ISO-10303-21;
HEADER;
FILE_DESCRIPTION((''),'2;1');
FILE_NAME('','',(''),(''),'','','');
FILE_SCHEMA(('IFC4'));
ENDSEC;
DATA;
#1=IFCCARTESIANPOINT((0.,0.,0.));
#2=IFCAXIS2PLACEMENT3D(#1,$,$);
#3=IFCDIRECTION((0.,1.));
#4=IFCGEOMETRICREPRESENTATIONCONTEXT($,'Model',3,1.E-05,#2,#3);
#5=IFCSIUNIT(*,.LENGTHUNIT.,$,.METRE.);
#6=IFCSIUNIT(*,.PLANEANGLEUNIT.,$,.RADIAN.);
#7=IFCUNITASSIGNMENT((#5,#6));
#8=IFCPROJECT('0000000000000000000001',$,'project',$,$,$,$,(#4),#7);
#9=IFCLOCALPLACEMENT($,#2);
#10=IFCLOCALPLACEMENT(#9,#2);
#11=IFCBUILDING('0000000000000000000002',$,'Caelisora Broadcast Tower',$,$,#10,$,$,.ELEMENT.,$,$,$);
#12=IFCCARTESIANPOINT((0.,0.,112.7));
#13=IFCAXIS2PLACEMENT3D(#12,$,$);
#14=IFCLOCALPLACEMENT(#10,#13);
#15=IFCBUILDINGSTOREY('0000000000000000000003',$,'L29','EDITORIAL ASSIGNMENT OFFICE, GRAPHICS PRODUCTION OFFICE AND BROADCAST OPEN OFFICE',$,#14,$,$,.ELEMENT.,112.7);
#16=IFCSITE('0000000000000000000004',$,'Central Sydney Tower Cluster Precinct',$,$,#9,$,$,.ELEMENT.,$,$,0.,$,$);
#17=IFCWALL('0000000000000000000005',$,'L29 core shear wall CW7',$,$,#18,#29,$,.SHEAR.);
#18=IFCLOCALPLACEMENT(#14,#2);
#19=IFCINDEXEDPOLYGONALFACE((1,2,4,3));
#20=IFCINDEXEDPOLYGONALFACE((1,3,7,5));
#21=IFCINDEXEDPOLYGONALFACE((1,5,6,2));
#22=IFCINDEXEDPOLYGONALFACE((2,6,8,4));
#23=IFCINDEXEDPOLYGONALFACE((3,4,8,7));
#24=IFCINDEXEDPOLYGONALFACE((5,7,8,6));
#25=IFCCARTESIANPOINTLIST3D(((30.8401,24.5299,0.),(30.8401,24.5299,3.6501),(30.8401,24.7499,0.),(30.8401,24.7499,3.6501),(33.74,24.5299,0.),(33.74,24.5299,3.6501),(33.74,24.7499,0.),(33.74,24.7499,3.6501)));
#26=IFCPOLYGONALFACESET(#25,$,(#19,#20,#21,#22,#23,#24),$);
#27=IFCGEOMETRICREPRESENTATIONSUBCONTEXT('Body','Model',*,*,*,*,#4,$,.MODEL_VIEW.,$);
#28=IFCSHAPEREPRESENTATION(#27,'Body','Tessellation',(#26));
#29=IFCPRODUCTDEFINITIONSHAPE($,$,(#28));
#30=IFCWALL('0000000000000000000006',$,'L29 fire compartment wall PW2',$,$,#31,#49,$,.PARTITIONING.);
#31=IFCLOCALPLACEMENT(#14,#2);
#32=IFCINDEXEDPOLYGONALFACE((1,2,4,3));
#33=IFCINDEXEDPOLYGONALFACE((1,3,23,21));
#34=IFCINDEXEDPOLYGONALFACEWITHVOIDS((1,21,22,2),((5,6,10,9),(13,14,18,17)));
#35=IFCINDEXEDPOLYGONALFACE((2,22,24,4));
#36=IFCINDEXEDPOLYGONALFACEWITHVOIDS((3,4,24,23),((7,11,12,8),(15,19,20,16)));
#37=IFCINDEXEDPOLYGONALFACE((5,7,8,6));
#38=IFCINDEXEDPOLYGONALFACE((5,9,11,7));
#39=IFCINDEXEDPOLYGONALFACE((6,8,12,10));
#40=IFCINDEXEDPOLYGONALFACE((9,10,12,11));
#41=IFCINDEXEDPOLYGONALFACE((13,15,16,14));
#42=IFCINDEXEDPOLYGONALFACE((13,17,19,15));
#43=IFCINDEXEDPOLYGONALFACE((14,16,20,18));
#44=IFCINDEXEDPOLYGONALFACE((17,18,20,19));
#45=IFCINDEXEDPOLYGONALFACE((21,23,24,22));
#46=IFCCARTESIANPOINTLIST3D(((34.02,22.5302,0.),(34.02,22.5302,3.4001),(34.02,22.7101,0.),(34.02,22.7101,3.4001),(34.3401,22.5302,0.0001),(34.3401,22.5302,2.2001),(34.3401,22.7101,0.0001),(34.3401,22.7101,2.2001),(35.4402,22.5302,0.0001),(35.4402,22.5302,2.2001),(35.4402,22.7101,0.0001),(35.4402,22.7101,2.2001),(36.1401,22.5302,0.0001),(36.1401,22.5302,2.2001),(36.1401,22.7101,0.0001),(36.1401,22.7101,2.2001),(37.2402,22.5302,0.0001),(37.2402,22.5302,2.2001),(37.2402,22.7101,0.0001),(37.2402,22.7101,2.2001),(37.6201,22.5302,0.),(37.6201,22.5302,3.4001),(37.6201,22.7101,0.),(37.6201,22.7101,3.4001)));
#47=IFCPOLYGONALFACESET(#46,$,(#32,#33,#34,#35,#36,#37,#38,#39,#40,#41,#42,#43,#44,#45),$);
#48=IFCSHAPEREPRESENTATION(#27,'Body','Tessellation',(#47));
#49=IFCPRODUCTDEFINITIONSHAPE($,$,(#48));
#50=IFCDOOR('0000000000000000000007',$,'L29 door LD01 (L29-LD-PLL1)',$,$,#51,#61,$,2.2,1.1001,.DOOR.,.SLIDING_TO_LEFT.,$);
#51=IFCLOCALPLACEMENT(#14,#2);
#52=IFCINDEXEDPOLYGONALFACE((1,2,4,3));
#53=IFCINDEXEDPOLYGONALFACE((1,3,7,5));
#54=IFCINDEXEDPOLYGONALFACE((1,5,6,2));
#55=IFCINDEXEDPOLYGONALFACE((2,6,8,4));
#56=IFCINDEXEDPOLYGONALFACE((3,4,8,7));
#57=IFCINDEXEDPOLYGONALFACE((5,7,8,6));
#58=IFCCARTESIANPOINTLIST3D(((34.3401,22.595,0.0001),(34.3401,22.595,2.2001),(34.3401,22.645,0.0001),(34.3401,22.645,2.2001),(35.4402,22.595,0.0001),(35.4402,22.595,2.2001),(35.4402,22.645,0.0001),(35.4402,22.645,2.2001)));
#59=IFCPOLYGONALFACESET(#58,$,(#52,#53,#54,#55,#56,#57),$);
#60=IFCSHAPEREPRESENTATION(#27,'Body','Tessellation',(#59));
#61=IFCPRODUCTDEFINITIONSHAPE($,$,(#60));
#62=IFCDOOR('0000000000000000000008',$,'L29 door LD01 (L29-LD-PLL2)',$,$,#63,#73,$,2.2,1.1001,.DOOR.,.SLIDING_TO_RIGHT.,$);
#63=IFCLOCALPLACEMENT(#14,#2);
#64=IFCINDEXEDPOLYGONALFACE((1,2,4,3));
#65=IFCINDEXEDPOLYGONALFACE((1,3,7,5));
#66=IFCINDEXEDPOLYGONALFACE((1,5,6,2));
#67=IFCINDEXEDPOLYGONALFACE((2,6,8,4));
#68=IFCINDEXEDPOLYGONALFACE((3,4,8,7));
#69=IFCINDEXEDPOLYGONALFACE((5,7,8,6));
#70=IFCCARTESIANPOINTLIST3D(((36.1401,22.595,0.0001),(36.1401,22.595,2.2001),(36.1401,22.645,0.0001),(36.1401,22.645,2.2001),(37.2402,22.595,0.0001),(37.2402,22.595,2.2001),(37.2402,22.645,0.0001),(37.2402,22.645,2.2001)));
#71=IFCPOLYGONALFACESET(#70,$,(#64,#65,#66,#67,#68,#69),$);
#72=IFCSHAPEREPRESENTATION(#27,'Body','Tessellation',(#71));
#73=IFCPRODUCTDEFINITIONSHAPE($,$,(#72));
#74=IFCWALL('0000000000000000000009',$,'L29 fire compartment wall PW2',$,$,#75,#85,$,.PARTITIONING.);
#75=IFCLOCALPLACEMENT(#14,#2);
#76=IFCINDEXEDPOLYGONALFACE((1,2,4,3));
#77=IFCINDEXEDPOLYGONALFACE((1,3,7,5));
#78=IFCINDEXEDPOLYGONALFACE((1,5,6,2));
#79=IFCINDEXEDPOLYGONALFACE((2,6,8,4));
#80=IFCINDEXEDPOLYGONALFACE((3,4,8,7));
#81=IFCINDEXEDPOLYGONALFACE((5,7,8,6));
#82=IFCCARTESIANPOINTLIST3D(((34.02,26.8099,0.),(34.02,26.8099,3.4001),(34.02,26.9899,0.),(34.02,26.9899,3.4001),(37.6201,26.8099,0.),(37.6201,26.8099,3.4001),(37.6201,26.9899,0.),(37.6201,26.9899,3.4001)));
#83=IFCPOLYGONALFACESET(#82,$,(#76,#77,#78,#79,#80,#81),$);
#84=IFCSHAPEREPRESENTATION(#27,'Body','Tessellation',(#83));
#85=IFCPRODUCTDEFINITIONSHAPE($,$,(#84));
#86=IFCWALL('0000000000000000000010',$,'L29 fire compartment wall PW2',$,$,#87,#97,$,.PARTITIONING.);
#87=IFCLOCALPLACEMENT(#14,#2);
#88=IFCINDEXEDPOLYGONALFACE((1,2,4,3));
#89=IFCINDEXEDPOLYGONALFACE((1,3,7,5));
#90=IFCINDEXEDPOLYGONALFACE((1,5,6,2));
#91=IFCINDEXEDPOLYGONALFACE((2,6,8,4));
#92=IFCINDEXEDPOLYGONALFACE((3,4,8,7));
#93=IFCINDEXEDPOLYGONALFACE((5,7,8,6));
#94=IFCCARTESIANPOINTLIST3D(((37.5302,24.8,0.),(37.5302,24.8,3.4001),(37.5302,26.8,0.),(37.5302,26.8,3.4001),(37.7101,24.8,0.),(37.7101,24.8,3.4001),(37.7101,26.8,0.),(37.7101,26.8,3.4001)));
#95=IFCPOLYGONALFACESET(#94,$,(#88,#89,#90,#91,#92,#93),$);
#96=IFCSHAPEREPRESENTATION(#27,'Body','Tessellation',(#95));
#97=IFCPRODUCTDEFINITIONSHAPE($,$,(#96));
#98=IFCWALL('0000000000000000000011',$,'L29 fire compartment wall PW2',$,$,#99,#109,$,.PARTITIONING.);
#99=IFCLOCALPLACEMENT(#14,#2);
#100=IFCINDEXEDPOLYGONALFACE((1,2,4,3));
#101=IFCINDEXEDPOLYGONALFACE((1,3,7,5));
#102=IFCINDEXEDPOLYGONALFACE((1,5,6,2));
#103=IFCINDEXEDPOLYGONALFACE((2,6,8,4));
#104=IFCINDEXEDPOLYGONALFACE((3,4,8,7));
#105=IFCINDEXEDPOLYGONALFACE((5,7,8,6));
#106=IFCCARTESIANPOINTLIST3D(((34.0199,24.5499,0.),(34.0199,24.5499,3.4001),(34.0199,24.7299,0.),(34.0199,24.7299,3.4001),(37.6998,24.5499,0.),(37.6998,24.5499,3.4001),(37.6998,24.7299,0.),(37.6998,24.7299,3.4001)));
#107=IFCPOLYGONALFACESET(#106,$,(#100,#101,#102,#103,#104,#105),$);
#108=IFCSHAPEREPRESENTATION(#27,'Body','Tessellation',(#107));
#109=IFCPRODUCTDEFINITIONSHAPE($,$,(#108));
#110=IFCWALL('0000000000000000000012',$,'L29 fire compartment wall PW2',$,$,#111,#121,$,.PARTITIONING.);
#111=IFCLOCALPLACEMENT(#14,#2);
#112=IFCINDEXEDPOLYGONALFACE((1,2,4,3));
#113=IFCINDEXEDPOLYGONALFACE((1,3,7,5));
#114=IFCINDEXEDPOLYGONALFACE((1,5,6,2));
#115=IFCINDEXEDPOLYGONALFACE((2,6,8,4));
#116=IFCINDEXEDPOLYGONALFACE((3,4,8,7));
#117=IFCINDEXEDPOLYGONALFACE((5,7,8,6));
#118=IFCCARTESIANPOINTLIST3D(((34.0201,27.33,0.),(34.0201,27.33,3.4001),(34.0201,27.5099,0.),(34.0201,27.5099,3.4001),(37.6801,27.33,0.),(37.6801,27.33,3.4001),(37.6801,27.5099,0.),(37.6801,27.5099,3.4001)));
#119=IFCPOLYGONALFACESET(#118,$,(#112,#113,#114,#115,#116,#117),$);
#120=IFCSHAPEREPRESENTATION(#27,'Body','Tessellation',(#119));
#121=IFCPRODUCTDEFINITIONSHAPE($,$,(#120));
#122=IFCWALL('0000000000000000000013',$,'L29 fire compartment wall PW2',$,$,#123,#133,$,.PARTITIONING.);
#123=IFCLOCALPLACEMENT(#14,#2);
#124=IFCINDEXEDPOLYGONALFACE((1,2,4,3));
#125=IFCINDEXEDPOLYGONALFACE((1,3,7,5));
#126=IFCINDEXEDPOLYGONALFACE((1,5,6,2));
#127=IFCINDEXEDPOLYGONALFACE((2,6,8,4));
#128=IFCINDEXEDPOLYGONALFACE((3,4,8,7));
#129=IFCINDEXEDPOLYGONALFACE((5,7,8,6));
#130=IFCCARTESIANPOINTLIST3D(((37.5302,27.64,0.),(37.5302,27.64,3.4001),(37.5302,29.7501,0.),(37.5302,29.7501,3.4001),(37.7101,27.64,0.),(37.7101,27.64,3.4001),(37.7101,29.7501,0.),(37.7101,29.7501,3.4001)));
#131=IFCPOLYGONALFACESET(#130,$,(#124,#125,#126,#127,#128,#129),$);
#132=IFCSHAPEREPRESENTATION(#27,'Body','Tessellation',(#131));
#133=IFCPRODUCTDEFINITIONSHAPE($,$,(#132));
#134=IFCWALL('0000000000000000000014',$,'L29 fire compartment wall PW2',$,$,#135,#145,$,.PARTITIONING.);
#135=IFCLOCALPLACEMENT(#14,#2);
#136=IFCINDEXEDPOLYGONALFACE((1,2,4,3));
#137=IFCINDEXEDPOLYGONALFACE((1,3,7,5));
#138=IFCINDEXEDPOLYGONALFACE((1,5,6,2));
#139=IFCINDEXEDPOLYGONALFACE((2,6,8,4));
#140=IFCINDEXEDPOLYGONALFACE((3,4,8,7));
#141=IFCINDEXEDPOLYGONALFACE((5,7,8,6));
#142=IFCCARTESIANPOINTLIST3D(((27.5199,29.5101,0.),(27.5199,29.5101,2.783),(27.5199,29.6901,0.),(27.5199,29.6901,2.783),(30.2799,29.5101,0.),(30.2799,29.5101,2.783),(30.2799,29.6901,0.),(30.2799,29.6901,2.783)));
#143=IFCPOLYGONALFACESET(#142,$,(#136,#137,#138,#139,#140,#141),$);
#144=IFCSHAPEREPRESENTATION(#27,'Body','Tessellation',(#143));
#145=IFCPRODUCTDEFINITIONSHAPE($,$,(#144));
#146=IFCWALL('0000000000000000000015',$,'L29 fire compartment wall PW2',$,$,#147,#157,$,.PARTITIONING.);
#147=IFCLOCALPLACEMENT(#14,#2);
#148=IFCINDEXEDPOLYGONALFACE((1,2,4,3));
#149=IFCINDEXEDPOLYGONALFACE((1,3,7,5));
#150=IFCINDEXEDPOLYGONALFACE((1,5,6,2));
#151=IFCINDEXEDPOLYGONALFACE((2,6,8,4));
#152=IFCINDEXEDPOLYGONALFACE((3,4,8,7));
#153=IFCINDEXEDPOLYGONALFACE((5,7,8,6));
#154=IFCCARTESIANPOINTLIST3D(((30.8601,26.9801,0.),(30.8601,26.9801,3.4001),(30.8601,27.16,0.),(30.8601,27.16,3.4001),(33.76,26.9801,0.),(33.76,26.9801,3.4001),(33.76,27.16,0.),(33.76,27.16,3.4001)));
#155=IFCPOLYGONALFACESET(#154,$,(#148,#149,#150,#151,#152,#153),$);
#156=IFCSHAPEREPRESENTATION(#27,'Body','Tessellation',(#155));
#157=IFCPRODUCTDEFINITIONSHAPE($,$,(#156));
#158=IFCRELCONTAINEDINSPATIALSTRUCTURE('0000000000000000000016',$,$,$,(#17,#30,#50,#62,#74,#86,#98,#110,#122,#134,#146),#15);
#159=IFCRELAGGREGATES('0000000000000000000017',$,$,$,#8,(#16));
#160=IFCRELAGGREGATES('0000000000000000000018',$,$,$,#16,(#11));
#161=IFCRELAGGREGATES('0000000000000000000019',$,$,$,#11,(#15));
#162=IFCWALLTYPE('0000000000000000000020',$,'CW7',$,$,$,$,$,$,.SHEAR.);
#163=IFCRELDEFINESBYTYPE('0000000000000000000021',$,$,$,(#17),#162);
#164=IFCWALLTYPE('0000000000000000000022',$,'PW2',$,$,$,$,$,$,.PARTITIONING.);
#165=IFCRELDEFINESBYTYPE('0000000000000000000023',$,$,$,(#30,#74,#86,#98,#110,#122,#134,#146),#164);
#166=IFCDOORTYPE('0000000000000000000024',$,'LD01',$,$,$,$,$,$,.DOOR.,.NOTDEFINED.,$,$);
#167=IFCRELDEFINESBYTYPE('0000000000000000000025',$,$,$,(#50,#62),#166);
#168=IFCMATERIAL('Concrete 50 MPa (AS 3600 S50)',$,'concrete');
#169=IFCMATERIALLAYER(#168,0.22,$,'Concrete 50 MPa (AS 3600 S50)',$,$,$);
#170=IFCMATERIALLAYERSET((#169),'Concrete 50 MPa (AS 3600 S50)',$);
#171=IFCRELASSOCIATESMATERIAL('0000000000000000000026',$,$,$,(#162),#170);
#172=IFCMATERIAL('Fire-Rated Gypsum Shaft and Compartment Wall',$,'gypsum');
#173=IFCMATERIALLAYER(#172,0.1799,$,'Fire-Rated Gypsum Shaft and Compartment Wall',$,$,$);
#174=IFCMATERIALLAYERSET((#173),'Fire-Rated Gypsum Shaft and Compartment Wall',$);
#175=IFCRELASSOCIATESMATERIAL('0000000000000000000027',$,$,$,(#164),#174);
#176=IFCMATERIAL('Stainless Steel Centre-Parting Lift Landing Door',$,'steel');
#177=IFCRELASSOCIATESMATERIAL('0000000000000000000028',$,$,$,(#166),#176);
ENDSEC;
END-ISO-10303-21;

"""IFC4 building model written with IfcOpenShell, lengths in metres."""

from ifc_helpers import new_model, si_unit, direction, frame, frame_2d, origin, place, context, subcontext, project, spatial, rectangle, extrude, material, layer, layer_set, type_object, element, fill, save


model = new_model("IFC4")

# Units and contexts
model_context = context("Model", 3, precision=1e-05, world=origin(), true_north=direction((0.0, 1.0)))
body_context = subcontext(model_context, "Body", "Model", "MODEL_VIEW")
ifc_project = project(units=[si_unit("LENGTHUNIT", "METRE"), si_unit("PLANEANGLEUNIT", "RADIAN")], contexts=[model_context])

# Site, building, storey
site_placement = place(None, origin())
site = spatial("IfcSite", under=ifc_project, at=site_placement, Name="Central Sydney Tower Cluster Precinct", CompositionType="ELEMENT", RefElevation=0.0)
building_placement = place(site_placement, origin())
building = spatial("IfcBuilding", under=site, at=building_placement, Name="Caelisora Broadcast Tower", CompositionType="ELEMENT")
storey_placement = place(building_placement, frame((0.0, 0.0, 112.7)))
storey = spatial("IfcBuildingStorey", under=building, at=storey_placement, Name="L29", Description="EDITORIAL ASSIGNMENT OFFICE, GRAPHICS PRODUCTION OFFICE AND BROADCAST OPEN OFFICE", CompositionType="ELEMENT", Elevation=112.7)

# Shared definitions
ifc_material_1 = material(Name="Concrete 50 MPa (AS 3600 S50)", Category="concrete")

# Wall
ifc_layer_1 = layer(ifc_material_1, 0.22, Name="Concrete 50 MPa (AS 3600 S50)")
ifc_layer_set_1 = layer_set([ifc_layer_1], Name="Concrete 50 MPa (AS 3600 S50)")
wall_type_1 = type_object("IfcWallType", Name="CW7", PredefinedType="SHEAR", material=ifc_layer_set_1)
wall_1_placement = place(storey_placement, frame((30.8401, 24.6399, 0.0), z_axis=(0.0, 0.0, 1.0), x_axis=(1.0, 0.0, 0.0)))
element("IfcWall", 1, at=wall_1_placement, inside=storey, type_object=wall_type_1, Name="L29 core shear wall CW7", PredefinedType="SHEAR", context=body_context, shape_type="SweptSolid", body=[
    extrude(rectangle(XDim=2.8999, YDim=0.22, at=frame_2d((1.45, 0.0))), origin(), (0.0, 0.0, 1.0), 3.6501),
])

# Wall, openings, doors
ifc_material_2 = material(Name="Fire-Rated Gypsum Shaft and Compartment Wall", Category="gypsum")
ifc_layer_2 = layer(ifc_material_2, 0.1799, Name="Fire-Rated Gypsum Shaft and Compartment Wall")
ifc_layer_set_2 = layer_set([ifc_layer_2], Name="Fire-Rated Gypsum Shaft and Compartment Wall")
wall_type_2 = type_object("IfcWallType", Name="PW2", PredefinedType="PARTITIONING", material=ifc_layer_set_2)
wall_2_placement = place(storey_placement, frame((34.02, 22.6201, 0.0), z_axis=(0.0, 0.0, 1.0), x_axis=(1.0, 0.0, 0.0)))
wall_2 = element("IfcWall", 2, at=wall_2_placement, inside=storey, type_object=wall_type_2, Name="L29 fire compartment wall PW2", PredefinedType="PARTITIONING", context=body_context, shape_type="SweptSolid", body=[
    extrude(rectangle(XDim=3.6001, YDim=0.1799, at=frame_2d((1.8, 0.0))), origin(), (0.0, 0.0, 1.0), 3.4001),
])
opening_1_placement = place(wall_2_placement, frame((0.3201, 0.0, 0.0)))
opening_1 = element("IfcOpeningElement", 3, at=opening_1_placement, cuts=wall_2, PredefinedType="OPENING", context=body_context, shape_type="SweptSolid", body=[
    extrude(rectangle(XDim=1.1001, YDim=2.2, at=frame_2d((0.55, 1.1001))), frame((0.0, 0.1021, 0.0), z_axis=(0.0, -1.0, 0.0), x_axis=(1.0, 0.0, 0.0)), (0.0, 0.0, 1.0), 0.2039),
])
opening_2_placement = place(wall_2_placement, frame((2.1201, 0.0, 0.0)))
opening_2 = element("IfcOpeningElement", 4, at=opening_2_placement, cuts=wall_2, PredefinedType="OPENING", context=body_context, shape_type="SweptSolid", body=[
    extrude(rectangle(XDim=1.1001, YDim=2.2, at=frame_2d((0.55, 1.1001))), frame((0.0, 0.1021, 0.0), z_axis=(0.0, -1.0, 0.0), x_axis=(1.0, 0.0, 0.0)), (0.0, 0.0, 1.0), 0.2039),
])
ifc_material_3 = material(Name="Stainless Steel Centre-Parting Lift Landing Door", Category="steel")
door_type = type_object("IfcDoorType", Name="LD01", OperationType="NOTDEFINED", PredefinedType="DOOR", material=ifc_material_3)
door_1_placement = place(opening_1_placement, origin())
door_1 = element("IfcDoor", 5, at=door_1_placement, inside=storey, type_object=door_type, Name="L29 door LD01 (L29-LD-PLL1)", OperationType="SLIDING_TO_LEFT", OverallHeight=2.2, OverallWidth=1.1001, PredefinedType="DOOR", context=body_context, shape_type="SweptSolid", body=[
    extrude(rectangle(XDim=1.1001, YDim=2.2, at=frame_2d((0.55, 1.1001))), frame((0.0, 0.0249, 0.0), z_axis=(0.0, -1.0, 0.0), x_axis=(1.0, 0.0, 0.0)), (0.0, 0.0, 1.0), 0.05),
])
fill(opening_1, door_1)
door_2_placement = place(opening_2_placement, origin())
door_2 = element("IfcDoor", 6, at=door_2_placement, inside=storey, type_object=door_type, Name="L29 door LD01 (L29-LD-PLL2)", OperationType="SLIDING_TO_RIGHT", OverallHeight=2.2, OverallWidth=1.1001, PredefinedType="DOOR", context=body_context, shape_type="SweptSolid", body=[
    extrude(rectangle(XDim=1.1001, YDim=2.2, at=frame_2d((0.55, 1.1001))), frame((0.0, 0.0249, 0.0), z_axis=(0.0, -1.0, 0.0), x_axis=(1.0, 0.0, 0.0)), (0.0, 0.0, 1.0), 0.05),
])
fill(opening_2, door_2)

# Walls
wall_3_placement = place(storey_placement, frame((34.02, 26.8999, 0.0), z_axis=(0.0, 0.0, 1.0), x_axis=(1.0, 0.0, 0.0)))
element("IfcWall", 7, at=wall_3_placement, inside=storey, type_object=wall_type_2, Name="L29 fire compartment wall PW2", PredefinedType="PARTITIONING", context=body_context, shape_type="SweptSolid", body=[
    extrude(rectangle(XDim=3.6001, YDim=0.1799, at=frame_2d((1.8, 0.0))), origin(), (0.0, 0.0, 1.0), 3.4001),
])
wall_4_placement = place(storey_placement, frame((37.6201, 24.8, 0.0), z_axis=(0.0, 0.0, 1.0), x_axis=(0.0, 1.0, 0.0)))
element("IfcWall", 8, at=wall_4_placement, inside=storey, type_object=wall_type_2, Name="L29 fire compartment wall PW2", PredefinedType="PARTITIONING", context=body_context, shape_type="SweptSolid", body=[
    extrude(rectangle(XDim=2.0, YDim=0.1799, at=frame_2d((1.0, 0.0))), origin(), (0.0, 0.0, 1.0), 3.4001),
])
wall_5_placement = place(storey_placement, frame((34.02, 24.6399, 0.0), z_axis=(0.0, 0.0, 1.0), x_axis=(1.0, 0.0, 0.0)))
element("IfcWall", 9, at=wall_5_placement, inside=storey, type_object=wall_type_2, Name="L29 fire compartment wall PW2", PredefinedType="PARTITIONING", context=body_context, shape_type="SweptSolid", body=[
    extrude(rectangle(XDim=3.6799, YDim=0.1799, at=frame_2d((1.8398, 0.0))), origin(), (0.0, 0.0, 1.0), 3.4001),
])
wall_6_placement = place(storey_placement, frame((34.02, 27.4199, 0.0), z_axis=(0.0, 0.0, 1.0), x_axis=(1.0, 0.0, 0.0)))
element("IfcWall", 10, at=wall_6_placement, inside=storey, type_object=wall_type_2, Name="L29 fire compartment wall PW2", PredefinedType="PARTITIONING", context=body_context, shape_type="SweptSolid", body=[
    extrude(rectangle(XDim=3.6599, YDim=0.1799, at=frame_2d((1.8301, 0.0))), origin(), (0.0, 0.0, 1.0), 3.4001),
])
wall_7_placement = place(storey_placement, frame((37.6201, 27.6399, 0.0), z_axis=(0.0, 0.0, 1.0), x_axis=(0.0, 1.0, 0.0)))
element("IfcWall", 11, at=wall_7_placement, inside=storey, type_object=wall_type_2, Name="L29 fire compartment wall PW2", PredefinedType="PARTITIONING", context=body_context, shape_type="SweptSolid", body=[
    extrude(rectangle(XDim=2.1101, YDim=0.1799, at=frame_2d((1.0552, 0.0))), origin(), (0.0, 0.0, 1.0), 3.4001),
])
wall_8_placement = place(storey_placement, frame((27.52, 29.6001, 0.0), z_axis=(0.0, 0.0, 1.0), x_axis=(1.0, 0.0, 0.0)))
element("IfcWall", 12, at=wall_8_placement, inside=storey, type_object=wall_type_2, Name="L29 fire compartment wall PW2", PredefinedType="PARTITIONING", context=body_context, shape_type="SweptSolid", body=[
    extrude(rectangle(XDim=2.76, YDim=0.1799, at=frame_2d((1.3799, 0.0))), origin(), (0.0, 0.0, 1.0), 2.783),
])
wall_9_placement = place(storey_placement, frame((30.8601, 27.0701, 0.0), z_axis=(0.0, 0.0, 1.0), x_axis=(1.0, 0.0, 0.0)))
element("IfcWall", 13, at=wall_9_placement, inside=storey, type_object=wall_type_2, Name="L29 fire compartment wall PW2", PredefinedType="PARTITIONING", context=body_context, shape_type="SweptSolid", body=[
    extrude(rectangle(XDim=2.8999, YDim=0.1799, at=frame_2d((1.45, 0.0))), origin(), (0.0, 0.0, 1.0), 3.4001),
])

save(model, "model.ifc")
